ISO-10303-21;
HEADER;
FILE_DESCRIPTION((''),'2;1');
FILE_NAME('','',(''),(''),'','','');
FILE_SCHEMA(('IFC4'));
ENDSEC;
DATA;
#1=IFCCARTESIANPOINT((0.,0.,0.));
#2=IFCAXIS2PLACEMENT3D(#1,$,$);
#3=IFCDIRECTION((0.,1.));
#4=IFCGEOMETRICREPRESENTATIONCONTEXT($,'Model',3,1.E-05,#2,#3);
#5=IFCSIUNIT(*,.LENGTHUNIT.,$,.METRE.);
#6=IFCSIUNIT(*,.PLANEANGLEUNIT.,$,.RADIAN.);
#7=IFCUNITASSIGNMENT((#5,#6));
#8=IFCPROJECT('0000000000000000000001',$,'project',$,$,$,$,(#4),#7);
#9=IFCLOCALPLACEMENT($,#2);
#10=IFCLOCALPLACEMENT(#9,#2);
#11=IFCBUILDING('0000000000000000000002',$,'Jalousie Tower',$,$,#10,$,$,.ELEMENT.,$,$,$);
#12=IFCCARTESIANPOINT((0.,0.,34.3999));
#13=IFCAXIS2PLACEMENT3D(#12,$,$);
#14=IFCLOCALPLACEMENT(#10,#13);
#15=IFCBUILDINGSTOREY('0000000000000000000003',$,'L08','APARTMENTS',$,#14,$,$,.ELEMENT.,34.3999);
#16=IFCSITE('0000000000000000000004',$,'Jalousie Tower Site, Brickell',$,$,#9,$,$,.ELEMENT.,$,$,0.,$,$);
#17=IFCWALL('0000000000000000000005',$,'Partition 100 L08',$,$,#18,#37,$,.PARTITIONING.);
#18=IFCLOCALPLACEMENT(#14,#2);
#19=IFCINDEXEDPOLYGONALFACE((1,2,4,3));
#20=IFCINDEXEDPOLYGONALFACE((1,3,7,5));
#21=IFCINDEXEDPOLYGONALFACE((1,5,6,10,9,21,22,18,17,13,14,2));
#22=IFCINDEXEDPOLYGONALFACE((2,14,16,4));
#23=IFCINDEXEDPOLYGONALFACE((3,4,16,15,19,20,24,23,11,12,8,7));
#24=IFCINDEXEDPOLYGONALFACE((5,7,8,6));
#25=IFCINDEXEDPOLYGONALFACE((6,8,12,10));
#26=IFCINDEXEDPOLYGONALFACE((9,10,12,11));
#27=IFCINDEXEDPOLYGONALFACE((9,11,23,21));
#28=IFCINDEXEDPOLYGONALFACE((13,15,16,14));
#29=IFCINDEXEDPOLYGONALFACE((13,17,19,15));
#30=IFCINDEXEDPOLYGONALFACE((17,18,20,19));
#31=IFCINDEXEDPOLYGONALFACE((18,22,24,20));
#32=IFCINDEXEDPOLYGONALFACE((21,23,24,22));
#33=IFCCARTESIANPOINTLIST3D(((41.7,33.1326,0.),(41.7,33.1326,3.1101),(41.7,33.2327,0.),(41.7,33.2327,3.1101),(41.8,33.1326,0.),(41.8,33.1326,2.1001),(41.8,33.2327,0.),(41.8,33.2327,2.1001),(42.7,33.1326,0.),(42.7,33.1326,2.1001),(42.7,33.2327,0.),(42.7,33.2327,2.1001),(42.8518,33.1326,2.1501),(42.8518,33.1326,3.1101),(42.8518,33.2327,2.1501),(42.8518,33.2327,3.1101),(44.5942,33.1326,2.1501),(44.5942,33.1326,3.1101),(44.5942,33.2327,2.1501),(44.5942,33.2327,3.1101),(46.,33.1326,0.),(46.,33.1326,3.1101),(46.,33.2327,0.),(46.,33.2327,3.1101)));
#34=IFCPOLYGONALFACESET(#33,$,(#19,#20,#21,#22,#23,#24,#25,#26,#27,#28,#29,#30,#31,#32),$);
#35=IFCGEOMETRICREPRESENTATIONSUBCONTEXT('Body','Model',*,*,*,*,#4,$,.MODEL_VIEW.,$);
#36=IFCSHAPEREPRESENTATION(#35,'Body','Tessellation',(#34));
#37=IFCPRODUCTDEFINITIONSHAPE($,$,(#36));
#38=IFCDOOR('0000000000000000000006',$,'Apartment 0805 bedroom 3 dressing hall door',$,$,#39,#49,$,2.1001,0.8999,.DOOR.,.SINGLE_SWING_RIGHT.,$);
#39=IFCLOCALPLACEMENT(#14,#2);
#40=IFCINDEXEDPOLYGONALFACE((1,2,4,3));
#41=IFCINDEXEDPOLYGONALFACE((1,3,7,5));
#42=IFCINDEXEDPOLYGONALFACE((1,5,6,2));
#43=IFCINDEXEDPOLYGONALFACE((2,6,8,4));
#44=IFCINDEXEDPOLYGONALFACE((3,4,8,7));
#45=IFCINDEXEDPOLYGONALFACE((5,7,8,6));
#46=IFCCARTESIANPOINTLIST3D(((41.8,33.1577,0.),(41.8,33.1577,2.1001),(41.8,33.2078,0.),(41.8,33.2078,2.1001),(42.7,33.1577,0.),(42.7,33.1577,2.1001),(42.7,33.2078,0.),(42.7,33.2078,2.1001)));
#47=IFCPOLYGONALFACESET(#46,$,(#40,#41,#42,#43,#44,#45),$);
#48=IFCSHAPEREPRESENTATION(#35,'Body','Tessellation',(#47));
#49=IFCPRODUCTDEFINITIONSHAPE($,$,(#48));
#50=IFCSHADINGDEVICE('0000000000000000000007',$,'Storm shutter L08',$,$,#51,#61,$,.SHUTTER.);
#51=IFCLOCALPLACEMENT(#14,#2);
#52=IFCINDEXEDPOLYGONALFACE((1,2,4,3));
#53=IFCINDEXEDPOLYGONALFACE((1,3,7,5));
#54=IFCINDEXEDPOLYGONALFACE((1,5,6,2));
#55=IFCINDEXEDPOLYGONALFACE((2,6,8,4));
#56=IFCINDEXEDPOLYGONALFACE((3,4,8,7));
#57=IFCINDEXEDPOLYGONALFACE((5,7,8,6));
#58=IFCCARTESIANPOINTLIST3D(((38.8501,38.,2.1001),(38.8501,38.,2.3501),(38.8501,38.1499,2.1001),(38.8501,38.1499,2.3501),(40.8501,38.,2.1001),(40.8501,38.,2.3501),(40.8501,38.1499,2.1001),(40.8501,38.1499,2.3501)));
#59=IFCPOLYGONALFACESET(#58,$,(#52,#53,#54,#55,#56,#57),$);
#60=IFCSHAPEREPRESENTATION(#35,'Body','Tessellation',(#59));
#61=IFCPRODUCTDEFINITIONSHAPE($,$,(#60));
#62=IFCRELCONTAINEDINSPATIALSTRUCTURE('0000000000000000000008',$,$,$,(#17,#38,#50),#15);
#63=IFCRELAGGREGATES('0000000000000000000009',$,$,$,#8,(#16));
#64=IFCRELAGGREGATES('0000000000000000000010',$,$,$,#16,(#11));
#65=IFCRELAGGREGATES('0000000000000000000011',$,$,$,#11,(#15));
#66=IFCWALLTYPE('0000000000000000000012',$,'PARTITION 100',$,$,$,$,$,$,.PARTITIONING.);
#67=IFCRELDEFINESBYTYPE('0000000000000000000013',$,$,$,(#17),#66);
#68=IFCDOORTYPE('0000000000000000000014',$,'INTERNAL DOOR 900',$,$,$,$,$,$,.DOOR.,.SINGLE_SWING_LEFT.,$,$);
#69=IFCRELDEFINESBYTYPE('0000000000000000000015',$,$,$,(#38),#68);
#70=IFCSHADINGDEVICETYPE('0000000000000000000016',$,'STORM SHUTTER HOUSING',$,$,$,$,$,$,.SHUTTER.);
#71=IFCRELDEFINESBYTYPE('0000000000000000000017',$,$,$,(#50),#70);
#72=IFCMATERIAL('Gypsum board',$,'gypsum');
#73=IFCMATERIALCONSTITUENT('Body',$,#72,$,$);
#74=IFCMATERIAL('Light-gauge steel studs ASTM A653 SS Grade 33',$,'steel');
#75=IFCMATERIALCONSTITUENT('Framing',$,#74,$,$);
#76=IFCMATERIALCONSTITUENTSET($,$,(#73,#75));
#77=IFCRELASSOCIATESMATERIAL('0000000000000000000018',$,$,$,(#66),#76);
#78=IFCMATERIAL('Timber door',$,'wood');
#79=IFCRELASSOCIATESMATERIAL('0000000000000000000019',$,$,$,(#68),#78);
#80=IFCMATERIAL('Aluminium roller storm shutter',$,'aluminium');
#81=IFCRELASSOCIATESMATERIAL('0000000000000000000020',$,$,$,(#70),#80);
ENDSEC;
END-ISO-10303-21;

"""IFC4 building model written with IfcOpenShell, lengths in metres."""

from ifc_helpers import new_model, si_unit, direction, frame, frame_2d, origin, origin_2d, place, context, subcontext, project, spatial, polyline, rectangle, outline, extrude, material, constituent, constituent_set, type_object, element, fill, save


model = new_model("IFC4")

# Units and contexts
model_context = context("Model", 3, precision=1e-05, world=origin(), true_north=direction((0.0, 1.0)))
body_context = subcontext(model_context, "Body", "Model", "MODEL_VIEW")
ifc_project = project(units=[si_unit("LENGTHUNIT", "METRE"), si_unit("PLANEANGLEUNIT", "RADIAN")], contexts=[model_context])

# Site, building, storey
site_placement = place(None, origin())
site = spatial("IfcSite", under=ifc_project, at=site_placement, Name="Jalousie Tower Site, Brickell", CompositionType="ELEMENT", RefElevation=0.0)
building_placement = place(site_placement, origin())
building = spatial("IfcBuilding", under=site, at=building_placement, Name="Jalousie Tower", CompositionType="ELEMENT")
storey_placement = place(building_placement, frame((0.0, 0.0, 34.3999)))
storey = spatial("IfcBuildingStorey", under=building, at=storey_placement, Name="L08", Description="APARTMENTS", CompositionType="ELEMENT", Elevation=34.3999)

# Shared definitions
ifc_material_1 = material(Name="Gypsum board", Category="gypsum")
ifc_constituent_1 = constituent(ifc_material_1, Name="Body")
ifc_material_2 = material(Name="Light-gauge steel studs ASTM A653 SS Grade 33", Category="steel")
ifc_constituent_2 = constituent(ifc_material_2, Name="Framing")
ifc_constituent_set_1 = constituent_set(constituents=[ifc_constituent_1, ifc_constituent_2])
wall_type_1 = type_object("IfcWallType", Name="PARTITION 100", PredefinedType="PARTITIONING", material=ifc_constituent_set_1)
ifc_material_3 = material(Name="Timber door", Category="wood")
door_type_1 = type_object("IfcDoorType", Name="INTERNAL DOOR 900", OperationType="SINGLE_SWING_LEFT", PredefinedType="DOOR", material=ifc_material_3)

# Wall, opening, door
wall_1_placement = place(storey_placement, frame((41.7, 33.1826, 0.0), z_axis=(0.0, 0.0, 1.0), x_axis=(1.0, 0.0, 0.0)))
wall_1 = element("IfcWall", 1, at=wall_1_placement, inside=storey, type_object=wall_type_1, Name="Partition 100 L08", PredefinedType="PARTITIONING", context=body_context, shape_type="SweptSolid", body=[
    extrude(outline(polyline([(0.0, 0.0), (4.3, 0.0), (4.3, 3.1101), (2.8943, 3.1101), (2.8943, 2.1501), (1.1519, 2.1501), (1.1519, 3.1101), (0.0, 3.1101), (0.0, 0.0)])), frame((0.0, 0.05, 0.0), z_axis=(0.0, -1.0, 0.0), x_axis=(1.0, 0.0, 0.0)), (0.0, 0.0, 1.0), 0.1001),
])
opening_1_placement = place(wall_1_placement, frame((0.1001, 0.0, 0.0)))
opening_1 = element("IfcOpeningElement", 2, at=opening_1_placement, cuts=wall_1, PredefinedType="OPENING", context=body_context, shape_type="SweptSolid", body=[
    extrude(rectangle(XDim=0.8999, YDim=2.1001, at=frame_2d((0.45, 1.05))), frame((0.0, 0.0601, 0.0), z_axis=(0.0, -1.0, 0.0), x_axis=(1.0, 0.0, 0.0)), (0.0, 0.0, 1.0), 0.1201),
])
door_1_placement = place(opening_1_placement, frame((0.8999, 0.0, 0.0), z_axis=(0.0, 0.0, 1.0), x_axis=(-1.0, 0.0, 0.0)))
door_1 = element("IfcDoor", 3, at=door_1_placement, inside=storey, type_object=door_type_1, Name="Apartment 0805 bedroom 3 dressing hall door", OperationType="SINGLE_SWING_RIGHT", OverallHeight=2.1001, OverallWidth=0.8999, PredefinedType="DOOR", context=body_context, shape_type="SweptSolid", body=[
    extrude(rectangle(XDim=0.8999, YDim=2.1001, at=frame_2d((0.45, 1.05))), frame((0.0, 0.0249, 0.0), z_axis=(0.0, -1.0, 0.0), x_axis=(1.0, 0.0, 0.0)), (0.0, 0.0, 1.0), 0.05),
])
fill(opening_1, door_1)

# Shading device
ifc_material_4 = material(Name="Aluminium roller storm shutter", Category="aluminium")
shading_device_type = type_object("IfcShadingDeviceType", Name="STORM SHUTTER HOUSING", PredefinedType="SHUTTER", material=ifc_material_4)
shading_device_placement = place(storey_placement, frame((39.8501, 38.075, 2.1001), z_axis=(0.0, 0.0, 1.0), x_axis=(-1.0, 0.0, 0.0)))
element("IfcShadingDevice", 4, at=shading_device_placement, inside=storey, type_object=shading_device_type, Name="Storm shutter L08", PredefinedType="SHUTTER", context=body_context, shape_type="SweptSolid", body=[
    extrude(rectangle(XDim=2.0, YDim=0.1499, at=origin_2d()), origin(), (0.0, 0.0, 1.0), 0.25),
])

save(model, "model.ifc")
